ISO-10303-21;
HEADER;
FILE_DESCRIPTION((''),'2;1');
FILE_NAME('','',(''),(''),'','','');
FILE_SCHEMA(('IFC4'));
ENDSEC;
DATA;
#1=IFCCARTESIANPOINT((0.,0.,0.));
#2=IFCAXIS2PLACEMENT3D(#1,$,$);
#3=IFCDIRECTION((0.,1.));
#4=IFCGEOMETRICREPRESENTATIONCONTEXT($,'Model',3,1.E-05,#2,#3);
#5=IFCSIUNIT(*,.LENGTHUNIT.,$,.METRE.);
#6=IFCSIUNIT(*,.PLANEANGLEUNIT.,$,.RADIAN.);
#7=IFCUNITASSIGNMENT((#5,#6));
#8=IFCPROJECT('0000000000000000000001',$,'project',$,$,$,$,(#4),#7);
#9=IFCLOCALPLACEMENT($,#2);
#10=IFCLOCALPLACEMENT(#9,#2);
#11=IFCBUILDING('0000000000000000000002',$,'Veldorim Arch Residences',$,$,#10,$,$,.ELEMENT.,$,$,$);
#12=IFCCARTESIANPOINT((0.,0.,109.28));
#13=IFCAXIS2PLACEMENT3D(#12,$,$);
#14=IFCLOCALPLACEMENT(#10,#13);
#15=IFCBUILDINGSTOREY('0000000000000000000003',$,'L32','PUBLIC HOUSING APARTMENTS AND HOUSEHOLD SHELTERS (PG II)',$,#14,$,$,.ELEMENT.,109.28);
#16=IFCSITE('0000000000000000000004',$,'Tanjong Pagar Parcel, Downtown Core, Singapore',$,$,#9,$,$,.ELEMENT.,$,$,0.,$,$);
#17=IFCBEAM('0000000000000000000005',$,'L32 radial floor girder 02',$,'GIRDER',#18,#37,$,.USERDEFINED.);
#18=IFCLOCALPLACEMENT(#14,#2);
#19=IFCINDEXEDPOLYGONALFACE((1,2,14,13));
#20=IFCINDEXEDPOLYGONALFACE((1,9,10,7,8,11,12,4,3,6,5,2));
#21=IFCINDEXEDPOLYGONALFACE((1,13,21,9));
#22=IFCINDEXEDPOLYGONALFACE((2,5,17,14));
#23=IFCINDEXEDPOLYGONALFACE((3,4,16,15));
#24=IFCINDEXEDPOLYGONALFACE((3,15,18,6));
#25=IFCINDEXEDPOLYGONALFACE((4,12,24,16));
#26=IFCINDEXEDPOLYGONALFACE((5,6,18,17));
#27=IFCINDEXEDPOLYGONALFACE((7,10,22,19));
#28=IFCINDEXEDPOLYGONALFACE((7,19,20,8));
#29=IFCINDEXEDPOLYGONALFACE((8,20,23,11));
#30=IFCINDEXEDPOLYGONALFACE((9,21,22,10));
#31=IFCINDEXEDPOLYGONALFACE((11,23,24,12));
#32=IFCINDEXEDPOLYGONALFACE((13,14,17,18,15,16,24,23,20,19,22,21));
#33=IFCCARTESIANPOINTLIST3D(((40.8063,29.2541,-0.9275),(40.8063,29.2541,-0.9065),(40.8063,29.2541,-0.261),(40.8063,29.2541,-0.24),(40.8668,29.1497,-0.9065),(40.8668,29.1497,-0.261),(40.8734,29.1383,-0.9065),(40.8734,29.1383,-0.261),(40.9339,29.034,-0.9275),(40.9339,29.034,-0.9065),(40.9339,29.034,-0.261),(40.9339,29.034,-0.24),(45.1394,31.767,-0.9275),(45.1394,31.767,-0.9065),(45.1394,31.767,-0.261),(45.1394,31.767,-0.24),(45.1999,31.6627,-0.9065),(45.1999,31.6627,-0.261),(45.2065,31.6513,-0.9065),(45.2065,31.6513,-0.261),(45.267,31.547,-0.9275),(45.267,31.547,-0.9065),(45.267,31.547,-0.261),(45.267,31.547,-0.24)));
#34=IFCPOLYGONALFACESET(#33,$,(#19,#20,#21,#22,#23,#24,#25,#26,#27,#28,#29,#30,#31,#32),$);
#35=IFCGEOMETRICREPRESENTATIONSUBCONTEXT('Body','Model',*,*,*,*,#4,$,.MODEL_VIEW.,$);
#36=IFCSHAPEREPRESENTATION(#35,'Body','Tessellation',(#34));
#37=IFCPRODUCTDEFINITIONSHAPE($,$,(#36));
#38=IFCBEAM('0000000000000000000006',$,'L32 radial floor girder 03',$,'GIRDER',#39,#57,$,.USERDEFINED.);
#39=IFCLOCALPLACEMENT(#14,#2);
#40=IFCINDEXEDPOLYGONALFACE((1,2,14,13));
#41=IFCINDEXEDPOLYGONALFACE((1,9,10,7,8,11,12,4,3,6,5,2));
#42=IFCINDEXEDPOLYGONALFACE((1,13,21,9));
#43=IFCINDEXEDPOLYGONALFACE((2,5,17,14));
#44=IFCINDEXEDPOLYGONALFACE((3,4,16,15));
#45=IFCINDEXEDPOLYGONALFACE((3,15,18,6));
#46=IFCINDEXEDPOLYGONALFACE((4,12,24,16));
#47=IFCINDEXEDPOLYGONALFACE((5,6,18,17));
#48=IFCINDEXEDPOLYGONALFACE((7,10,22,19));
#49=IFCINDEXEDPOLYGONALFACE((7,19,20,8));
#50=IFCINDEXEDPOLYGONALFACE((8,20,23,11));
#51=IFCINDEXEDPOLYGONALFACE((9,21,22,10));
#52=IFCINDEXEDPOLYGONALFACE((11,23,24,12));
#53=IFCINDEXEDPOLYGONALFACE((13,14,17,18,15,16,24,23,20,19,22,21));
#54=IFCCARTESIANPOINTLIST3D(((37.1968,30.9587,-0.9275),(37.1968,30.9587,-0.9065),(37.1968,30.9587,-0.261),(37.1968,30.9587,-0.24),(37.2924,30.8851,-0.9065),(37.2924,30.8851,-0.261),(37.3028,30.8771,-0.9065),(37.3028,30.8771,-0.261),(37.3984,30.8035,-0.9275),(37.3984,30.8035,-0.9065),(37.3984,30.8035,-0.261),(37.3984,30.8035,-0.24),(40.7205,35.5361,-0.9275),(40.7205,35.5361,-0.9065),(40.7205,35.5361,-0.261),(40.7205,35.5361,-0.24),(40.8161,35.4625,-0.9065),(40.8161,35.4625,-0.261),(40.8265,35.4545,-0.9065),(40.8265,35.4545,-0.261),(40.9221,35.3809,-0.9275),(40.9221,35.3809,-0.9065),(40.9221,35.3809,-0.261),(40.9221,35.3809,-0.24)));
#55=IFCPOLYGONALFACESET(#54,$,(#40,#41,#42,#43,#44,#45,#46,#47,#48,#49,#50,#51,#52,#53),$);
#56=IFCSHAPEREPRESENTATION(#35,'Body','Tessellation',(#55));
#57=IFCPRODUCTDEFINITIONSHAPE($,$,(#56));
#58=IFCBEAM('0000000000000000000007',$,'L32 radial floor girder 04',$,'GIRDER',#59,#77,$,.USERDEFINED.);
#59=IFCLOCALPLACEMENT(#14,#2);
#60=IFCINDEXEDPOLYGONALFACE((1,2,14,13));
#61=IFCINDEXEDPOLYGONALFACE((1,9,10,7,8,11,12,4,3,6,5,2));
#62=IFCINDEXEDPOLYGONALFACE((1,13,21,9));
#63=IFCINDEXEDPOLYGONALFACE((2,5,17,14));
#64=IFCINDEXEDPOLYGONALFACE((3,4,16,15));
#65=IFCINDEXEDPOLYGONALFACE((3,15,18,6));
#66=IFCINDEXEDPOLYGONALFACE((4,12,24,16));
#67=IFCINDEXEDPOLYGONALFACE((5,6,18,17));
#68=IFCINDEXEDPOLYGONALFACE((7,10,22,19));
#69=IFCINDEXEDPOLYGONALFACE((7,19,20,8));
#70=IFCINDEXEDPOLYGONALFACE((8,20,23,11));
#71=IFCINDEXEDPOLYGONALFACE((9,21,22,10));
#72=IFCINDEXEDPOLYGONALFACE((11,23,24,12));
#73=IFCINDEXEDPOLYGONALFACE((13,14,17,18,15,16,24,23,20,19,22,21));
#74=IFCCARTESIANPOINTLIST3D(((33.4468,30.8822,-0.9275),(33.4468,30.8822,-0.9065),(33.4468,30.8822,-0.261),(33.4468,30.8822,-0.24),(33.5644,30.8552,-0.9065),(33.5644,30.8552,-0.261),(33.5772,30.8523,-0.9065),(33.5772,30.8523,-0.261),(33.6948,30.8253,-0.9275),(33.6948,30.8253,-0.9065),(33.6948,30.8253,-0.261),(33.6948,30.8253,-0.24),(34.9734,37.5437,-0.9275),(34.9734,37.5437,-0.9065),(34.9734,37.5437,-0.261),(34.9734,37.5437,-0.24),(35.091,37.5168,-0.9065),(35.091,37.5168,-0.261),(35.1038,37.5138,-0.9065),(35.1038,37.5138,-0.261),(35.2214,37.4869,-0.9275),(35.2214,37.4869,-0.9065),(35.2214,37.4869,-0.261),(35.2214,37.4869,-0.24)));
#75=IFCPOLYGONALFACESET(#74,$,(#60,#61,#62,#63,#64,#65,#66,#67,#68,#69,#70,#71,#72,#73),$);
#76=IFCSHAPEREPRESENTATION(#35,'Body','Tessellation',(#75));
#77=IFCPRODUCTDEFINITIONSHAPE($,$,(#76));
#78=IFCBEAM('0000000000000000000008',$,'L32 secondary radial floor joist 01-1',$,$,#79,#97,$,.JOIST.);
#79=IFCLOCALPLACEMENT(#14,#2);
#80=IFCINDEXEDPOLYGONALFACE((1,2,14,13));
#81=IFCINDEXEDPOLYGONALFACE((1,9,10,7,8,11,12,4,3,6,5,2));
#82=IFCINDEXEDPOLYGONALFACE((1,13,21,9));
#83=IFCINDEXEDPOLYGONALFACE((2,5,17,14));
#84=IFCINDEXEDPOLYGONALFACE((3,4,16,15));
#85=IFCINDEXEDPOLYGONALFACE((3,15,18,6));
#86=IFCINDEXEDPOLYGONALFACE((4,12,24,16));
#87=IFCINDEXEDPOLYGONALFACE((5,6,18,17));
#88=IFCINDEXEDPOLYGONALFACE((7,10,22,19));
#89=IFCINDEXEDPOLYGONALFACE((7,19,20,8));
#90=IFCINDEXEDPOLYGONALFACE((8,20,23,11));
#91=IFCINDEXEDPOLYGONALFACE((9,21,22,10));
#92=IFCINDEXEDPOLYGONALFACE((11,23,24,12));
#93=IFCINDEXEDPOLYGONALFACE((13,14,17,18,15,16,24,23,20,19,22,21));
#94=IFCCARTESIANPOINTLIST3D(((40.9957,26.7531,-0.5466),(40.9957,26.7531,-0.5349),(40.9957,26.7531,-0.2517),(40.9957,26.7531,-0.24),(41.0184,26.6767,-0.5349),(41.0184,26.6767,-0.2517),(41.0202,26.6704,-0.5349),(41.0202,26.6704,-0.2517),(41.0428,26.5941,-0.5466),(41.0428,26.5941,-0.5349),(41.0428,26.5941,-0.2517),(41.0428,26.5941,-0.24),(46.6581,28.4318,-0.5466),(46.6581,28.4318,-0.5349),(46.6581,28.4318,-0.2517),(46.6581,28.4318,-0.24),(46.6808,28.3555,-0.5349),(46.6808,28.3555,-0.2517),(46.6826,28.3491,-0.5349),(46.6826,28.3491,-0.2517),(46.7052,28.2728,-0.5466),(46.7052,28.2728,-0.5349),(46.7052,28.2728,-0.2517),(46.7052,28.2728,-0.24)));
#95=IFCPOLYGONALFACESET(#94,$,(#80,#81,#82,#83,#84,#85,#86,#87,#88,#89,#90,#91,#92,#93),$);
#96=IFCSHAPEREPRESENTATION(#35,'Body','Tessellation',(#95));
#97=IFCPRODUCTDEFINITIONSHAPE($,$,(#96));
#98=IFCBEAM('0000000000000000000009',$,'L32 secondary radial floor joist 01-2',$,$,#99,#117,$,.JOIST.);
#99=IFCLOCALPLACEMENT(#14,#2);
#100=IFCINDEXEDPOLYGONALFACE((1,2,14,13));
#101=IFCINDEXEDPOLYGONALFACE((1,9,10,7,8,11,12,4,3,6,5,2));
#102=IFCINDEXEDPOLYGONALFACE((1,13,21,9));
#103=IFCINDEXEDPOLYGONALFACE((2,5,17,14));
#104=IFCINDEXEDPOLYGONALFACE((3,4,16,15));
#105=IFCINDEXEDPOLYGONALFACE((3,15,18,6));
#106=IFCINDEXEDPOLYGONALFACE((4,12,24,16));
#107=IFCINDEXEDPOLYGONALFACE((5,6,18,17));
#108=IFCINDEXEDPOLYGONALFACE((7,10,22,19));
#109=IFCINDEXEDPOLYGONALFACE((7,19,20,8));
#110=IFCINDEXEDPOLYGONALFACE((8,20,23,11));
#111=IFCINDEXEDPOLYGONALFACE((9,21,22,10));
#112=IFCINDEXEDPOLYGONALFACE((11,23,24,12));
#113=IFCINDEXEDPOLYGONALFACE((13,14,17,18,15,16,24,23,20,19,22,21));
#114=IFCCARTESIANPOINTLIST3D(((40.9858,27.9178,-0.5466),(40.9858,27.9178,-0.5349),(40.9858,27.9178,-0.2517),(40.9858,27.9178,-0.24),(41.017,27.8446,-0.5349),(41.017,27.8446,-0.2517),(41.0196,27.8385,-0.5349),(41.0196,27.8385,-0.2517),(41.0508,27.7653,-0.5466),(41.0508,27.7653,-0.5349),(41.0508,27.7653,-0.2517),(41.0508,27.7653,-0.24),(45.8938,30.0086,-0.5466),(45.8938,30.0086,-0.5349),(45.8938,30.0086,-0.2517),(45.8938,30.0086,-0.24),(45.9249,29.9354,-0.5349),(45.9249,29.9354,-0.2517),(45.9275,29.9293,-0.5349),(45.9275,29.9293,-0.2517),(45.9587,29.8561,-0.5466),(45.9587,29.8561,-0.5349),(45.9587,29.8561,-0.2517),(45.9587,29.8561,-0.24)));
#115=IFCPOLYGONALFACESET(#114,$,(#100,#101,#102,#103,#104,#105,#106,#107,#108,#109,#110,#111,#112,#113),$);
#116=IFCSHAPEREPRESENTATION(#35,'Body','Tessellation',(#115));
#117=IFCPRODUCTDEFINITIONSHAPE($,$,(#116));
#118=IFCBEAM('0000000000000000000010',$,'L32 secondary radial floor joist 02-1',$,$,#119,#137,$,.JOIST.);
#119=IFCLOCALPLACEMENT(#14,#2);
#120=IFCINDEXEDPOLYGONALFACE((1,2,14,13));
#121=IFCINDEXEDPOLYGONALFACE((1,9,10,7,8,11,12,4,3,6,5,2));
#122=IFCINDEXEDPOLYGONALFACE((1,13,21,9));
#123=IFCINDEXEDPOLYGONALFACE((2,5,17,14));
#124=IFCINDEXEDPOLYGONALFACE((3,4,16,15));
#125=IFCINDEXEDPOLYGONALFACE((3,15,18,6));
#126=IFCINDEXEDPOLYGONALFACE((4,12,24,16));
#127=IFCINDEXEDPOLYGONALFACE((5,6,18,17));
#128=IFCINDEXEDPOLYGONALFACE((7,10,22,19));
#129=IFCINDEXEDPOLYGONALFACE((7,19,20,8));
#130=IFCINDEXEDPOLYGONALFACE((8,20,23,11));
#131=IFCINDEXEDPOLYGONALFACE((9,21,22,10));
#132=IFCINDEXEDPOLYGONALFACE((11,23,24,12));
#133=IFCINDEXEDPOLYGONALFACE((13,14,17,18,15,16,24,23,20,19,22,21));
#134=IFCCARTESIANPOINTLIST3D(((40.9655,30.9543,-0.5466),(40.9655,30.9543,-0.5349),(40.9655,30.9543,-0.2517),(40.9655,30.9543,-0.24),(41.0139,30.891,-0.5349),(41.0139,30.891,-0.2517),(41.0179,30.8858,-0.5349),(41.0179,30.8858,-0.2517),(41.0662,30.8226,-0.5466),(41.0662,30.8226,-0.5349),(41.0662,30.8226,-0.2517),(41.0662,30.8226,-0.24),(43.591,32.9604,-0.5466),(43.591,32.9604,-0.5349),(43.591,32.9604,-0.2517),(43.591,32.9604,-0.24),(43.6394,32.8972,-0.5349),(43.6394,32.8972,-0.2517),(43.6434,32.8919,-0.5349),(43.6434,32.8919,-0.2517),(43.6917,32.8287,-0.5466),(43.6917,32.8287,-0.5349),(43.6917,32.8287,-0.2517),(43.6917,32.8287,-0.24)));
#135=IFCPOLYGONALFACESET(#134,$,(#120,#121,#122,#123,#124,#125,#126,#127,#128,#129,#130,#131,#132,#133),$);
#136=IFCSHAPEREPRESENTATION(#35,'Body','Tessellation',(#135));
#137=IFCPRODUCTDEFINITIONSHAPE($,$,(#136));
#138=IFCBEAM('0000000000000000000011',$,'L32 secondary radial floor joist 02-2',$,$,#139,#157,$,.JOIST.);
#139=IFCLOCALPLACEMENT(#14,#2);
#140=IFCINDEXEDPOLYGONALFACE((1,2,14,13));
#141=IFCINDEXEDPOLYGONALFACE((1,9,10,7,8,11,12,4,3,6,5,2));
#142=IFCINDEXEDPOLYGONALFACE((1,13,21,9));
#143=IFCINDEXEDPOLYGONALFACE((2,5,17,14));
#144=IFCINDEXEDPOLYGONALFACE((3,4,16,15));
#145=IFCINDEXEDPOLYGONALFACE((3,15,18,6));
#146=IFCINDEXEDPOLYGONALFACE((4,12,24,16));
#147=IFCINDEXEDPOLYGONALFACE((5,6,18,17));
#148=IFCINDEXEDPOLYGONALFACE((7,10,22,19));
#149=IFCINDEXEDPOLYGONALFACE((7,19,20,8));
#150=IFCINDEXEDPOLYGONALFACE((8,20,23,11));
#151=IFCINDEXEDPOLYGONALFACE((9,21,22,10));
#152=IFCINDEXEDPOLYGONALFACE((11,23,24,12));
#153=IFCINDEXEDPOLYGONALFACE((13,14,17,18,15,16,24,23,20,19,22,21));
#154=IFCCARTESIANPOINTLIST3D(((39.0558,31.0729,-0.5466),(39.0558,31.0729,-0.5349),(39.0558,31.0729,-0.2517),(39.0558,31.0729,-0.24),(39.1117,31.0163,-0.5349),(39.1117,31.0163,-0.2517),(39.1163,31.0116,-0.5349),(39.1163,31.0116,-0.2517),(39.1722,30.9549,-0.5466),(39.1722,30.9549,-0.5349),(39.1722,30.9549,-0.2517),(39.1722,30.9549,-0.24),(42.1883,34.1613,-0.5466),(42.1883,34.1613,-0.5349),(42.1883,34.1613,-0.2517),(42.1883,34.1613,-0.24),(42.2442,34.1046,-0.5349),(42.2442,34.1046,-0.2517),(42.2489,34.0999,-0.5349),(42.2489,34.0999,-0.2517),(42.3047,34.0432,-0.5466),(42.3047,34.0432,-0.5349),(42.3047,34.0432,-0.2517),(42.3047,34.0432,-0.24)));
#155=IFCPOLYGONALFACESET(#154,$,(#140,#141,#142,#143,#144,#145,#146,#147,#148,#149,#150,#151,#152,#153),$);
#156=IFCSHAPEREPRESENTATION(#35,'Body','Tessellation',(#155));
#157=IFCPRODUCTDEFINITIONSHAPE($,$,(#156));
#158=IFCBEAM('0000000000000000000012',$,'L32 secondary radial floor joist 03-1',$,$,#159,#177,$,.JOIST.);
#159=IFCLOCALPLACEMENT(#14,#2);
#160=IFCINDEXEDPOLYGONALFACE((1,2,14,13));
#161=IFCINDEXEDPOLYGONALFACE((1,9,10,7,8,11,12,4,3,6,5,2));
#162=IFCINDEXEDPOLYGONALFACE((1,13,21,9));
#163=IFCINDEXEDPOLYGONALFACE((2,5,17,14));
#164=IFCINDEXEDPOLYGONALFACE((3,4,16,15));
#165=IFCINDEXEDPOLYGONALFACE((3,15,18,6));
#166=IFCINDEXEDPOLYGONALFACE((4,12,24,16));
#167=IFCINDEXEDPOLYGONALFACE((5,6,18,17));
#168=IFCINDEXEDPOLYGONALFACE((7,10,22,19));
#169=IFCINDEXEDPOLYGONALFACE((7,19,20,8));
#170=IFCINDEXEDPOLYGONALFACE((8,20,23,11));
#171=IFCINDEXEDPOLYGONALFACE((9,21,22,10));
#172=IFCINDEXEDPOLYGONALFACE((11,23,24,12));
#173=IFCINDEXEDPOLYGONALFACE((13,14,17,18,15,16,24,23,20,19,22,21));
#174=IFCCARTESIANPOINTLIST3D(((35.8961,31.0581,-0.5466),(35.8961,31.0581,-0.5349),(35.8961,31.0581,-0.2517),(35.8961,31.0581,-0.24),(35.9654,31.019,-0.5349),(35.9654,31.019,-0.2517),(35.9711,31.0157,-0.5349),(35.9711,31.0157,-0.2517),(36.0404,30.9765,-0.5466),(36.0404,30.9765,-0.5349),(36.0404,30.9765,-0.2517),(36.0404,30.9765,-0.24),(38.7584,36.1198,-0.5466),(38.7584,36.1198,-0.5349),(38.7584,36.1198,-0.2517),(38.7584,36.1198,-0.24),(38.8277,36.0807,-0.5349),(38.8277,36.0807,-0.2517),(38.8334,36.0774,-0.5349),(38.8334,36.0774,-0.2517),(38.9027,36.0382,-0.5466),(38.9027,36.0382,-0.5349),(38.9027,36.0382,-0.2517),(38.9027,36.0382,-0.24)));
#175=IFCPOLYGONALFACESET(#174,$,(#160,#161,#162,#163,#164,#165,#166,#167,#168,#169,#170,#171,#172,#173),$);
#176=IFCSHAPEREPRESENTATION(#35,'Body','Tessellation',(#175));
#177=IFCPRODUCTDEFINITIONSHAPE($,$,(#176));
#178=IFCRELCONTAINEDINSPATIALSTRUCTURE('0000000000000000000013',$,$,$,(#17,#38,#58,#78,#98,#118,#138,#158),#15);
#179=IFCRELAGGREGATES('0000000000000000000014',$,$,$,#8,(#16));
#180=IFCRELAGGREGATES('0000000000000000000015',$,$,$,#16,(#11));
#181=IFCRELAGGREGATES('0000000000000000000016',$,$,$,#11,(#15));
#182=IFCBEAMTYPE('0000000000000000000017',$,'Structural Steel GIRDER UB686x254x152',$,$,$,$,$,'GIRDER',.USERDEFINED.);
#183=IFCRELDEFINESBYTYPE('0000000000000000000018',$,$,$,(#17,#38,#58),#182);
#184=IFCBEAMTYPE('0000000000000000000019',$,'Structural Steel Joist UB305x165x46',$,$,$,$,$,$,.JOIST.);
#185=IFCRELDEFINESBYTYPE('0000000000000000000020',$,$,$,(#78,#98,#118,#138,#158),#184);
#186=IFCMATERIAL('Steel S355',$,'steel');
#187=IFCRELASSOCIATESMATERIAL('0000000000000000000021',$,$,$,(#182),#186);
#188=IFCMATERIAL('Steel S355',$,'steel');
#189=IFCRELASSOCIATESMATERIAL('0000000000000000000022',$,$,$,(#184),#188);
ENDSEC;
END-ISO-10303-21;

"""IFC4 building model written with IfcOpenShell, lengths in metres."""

from ifc_helpers import new_model, si_unit, direction, frame, origin, origin_2d, place, context, subcontext, project, spatial, i_section, extrude, material, material_profile, profile_set, type_object, element, save


model = new_model("IFC4")

# Units and contexts
model_context = context("Model", 3, precision=1e-05, world=origin(), true_north=direction((0.0, 1.0)))
body_context = subcontext(model_context, "Body", "Model", "MODEL_VIEW")
ifc_project = project(units=[si_unit("LENGTHUNIT", "METRE"), si_unit("PLANEANGLEUNIT", "RADIAN")], contexts=[model_context])

# Site, building, storey
site_placement = place(None, origin())
site = spatial("IfcSite", under=ifc_project, at=site_placement, Name="Tanjong Pagar Parcel, Downtown Core, Singapore", CompositionType="ELEMENT", RefElevation=0.0)
building_placement = place(site_placement, origin())
building = spatial("IfcBuilding", under=site, at=building_placement, Name="Veldorim Arch Residences", CompositionType="ELEMENT")
storey_placement = place(building_placement, frame((0.0, 0.0, 109.28)))
storey = spatial("IfcBuildingStorey", under=building, at=storey_placement, Name="L32", Description="PUBLIC HOUSING APARTMENTS AND HOUSEHOLD SHELTERS (PG II)", CompositionType="ELEMENT", Elevation=109.28)

# Beams
ifc_material_1 = material(Name="Steel S355", Category="steel")
ifc_material_profile_1 = material_profile(ifc_material_1, i_section(OverallWidth=0.2544, OverallDepth=0.6875, WebThickness=0.0132, FlangeThickness=0.021, at=origin_2d()), Name="UB686x254x152")
ifc_profile_set_1 = profile_set([ifc_material_profile_1], Name="Steel S355")
beam_type_1 = type_object("IfcBeamType", Name="Structural Steel GIRDER UB686x254x152", ElementType="GIRDER", PredefinedType="USERDEFINED", material=ifc_profile_set_1)
beam_1_placement = place(storey_placement, frame((40.8701, 29.144, -0.5837), z_axis=(0.865049, 0.501687, 0.0), x_axis=(-0.501687, 0.865049, 0.0)))
element("IfcBeam", 1, at=beam_1_placement, inside=storey, type_object=beam_type_1, Name="L32 radial floor girder 02", ObjectType="GIRDER", PredefinedType="USERDEFINED", context=body_context, shape_type="SweptSolid", body=[
    extrude(i_section(OverallWidth=0.2544, OverallDepth=0.6875, WebThickness=0.0132, FlangeThickness=0.021, at=origin_2d()), origin(), (0.0, 0.0, 1.0), 5.009),
])
beam_2_placement = place(storey_placement, frame((37.2976, 30.8811, -0.5837), z_axis=(0.609995, 0.792406, 0.0), x_axis=(-0.792406, 0.609995, 0.0)))
element("IfcBeam", 2, at=beam_2_placement, inside=storey, type_object=beam_type_1, Name="L32 radial floor girder 03", ObjectType="GIRDER", PredefinedType="USERDEFINED", context=body_context, shape_type="SweptSolid", body=[
    extrude(i_section(OverallWidth=0.2544, OverallDepth=0.6875, WebThickness=0.0132, FlangeThickness=0.021, at=origin_2d()), origin(), (0.0, 0.0, 1.0), 5.7766),
])
beam_3_placement = place(storey_placement, frame((33.5708, 30.8538, -0.5837), z_axis=(0.223375, 0.974733, 0.0), x_axis=(-0.974733, 0.223375, 0.0)))
element("IfcBeam", 3, at=beam_3_placement, inside=storey, type_object=beam_type_1, Name="L32 radial floor girder 04", ObjectType="GIRDER", PredefinedType="USERDEFINED", context=body_context, shape_type="SweptSolid", body=[
    extrude(i_section(OverallWidth=0.2544, OverallDepth=0.6875, WebThickness=0.0132, FlangeThickness=0.021, at=origin_2d()), origin(), (0.0, 0.0, 1.0), 6.8342),
])
ifc_material_2 = material(Name="Steel S355", Category="steel")
ifc_material_profile_2 = material_profile(ifc_material_2, i_section(OverallWidth=0.1658, OverallDepth=0.3066, WebThickness=0.0066, FlangeThickness=0.0117, at=origin_2d()), Name="UB305x165x46")
ifc_profile_set_2 = profile_set([ifc_material_profile_2], Name="Steel S355")
beam_type_2 = type_object("IfcBeamType", Name="Structural Steel Joist UB305x165x46", PredefinedType="JOIST", material=ifc_profile_set_2)
beam_4_placement = place(storey_placement, frame((41.0193, 26.6736, -0.3933), z_axis=(0.958753, 0.28424, 0.0), x_axis=(-0.28424, 0.958753, 0.0)))
element("IfcBeam", 4, at=beam_4_placement, inside=storey, type_object=beam_type_2, Name="L32 secondary radial floor joist 01-1", PredefinedType="JOIST", context=body_context, shape_type="SweptSolid", body=[
    extrude(i_section(OverallWidth=0.1658, OverallDepth=0.3066, WebThickness=0.0066, FlangeThickness=0.0117, at=origin_2d()), origin(), (0.0, 0.0, 1.0), 5.906),
])
beam_5_placement = place(storey_placement, frame((41.0183, 27.8416, -0.3933), z_axis=(0.919997, 0.391924, 0.0), x_axis=(-0.391924, 0.919997, 0.0)))
element("IfcBeam", 5, at=beam_5_placement, inside=storey, type_object=beam_type_2, Name="L32 secondary radial floor joist 01-2", PredefinedType="JOIST", context=body_context, shape_type="SweptSolid", body=[
    extrude(i_section(OverallWidth=0.1658, OverallDepth=0.3066, WebThickness=0.0066, FlangeThickness=0.0117, at=origin_2d()), origin(), (0.0, 0.0, 1.0), 5.3347),
])
beam_6_placement = place(storey_placement, frame((41.0159, 30.8884, -0.3933), z_axis=(0.794595, 0.60714, 0.0), x_axis=(-0.60714, 0.794595, 0.0)))
element("IfcBeam", 6, at=beam_6_placement, inside=storey, type_object=beam_type_2, Name="L32 secondary radial floor joist 02-1", PredefinedType="JOIST", context=body_context, shape_type="SweptSolid", body=[
    extrude(i_section(OverallWidth=0.1658, OverallDepth=0.3066, WebThickness=0.0066, FlangeThickness=0.0117, at=origin_2d()), origin(), (0.0, 0.0, 1.0), 3.3042),
])
beam_7_placement = place(storey_placement, frame((39.114, 31.0139, -0.3933), z_axis=(0.712112, 0.702066, 0.0), x_axis=(-0.702066, 0.712112, 0.0)))
element("IfcBeam", 7, at=beam_7_placement, inside=storey, type_object=beam_type_2, Name="L32 secondary radial floor joist 02-2", PredefinedType="JOIST", context=body_context, shape_type="SweptSolid", body=[
    extrude(i_section(OverallWidth=0.1658, OverallDepth=0.3066, WebThickness=0.0066, FlangeThickness=0.0117, at=origin_2d()), origin(), (0.0, 0.0, 1.0), 4.3989),
])
beam_8_placement = place(storey_placement, frame((35.9683, 31.0173, -0.3933), z_axis=(0.492227, 0.870467, 0.0), x_axis=(-0.870467, 0.492227, 0.0)))
element("IfcBeam", 8, at=beam_8_placement, inside=storey, type_object=beam_type_2, Name="L32 secondary radial floor joist 03-1", PredefinedType="JOIST", context=body_context, shape_type="SweptSolid", body=[
    extrude(i_section(OverallWidth=0.1658, OverallDepth=0.3066, WebThickness=0.0066, FlangeThickness=0.0117, at=origin_2d()), origin(), (0.0, 0.0, 1.0), 5.8149),
])

save(model, "model.ifc")
